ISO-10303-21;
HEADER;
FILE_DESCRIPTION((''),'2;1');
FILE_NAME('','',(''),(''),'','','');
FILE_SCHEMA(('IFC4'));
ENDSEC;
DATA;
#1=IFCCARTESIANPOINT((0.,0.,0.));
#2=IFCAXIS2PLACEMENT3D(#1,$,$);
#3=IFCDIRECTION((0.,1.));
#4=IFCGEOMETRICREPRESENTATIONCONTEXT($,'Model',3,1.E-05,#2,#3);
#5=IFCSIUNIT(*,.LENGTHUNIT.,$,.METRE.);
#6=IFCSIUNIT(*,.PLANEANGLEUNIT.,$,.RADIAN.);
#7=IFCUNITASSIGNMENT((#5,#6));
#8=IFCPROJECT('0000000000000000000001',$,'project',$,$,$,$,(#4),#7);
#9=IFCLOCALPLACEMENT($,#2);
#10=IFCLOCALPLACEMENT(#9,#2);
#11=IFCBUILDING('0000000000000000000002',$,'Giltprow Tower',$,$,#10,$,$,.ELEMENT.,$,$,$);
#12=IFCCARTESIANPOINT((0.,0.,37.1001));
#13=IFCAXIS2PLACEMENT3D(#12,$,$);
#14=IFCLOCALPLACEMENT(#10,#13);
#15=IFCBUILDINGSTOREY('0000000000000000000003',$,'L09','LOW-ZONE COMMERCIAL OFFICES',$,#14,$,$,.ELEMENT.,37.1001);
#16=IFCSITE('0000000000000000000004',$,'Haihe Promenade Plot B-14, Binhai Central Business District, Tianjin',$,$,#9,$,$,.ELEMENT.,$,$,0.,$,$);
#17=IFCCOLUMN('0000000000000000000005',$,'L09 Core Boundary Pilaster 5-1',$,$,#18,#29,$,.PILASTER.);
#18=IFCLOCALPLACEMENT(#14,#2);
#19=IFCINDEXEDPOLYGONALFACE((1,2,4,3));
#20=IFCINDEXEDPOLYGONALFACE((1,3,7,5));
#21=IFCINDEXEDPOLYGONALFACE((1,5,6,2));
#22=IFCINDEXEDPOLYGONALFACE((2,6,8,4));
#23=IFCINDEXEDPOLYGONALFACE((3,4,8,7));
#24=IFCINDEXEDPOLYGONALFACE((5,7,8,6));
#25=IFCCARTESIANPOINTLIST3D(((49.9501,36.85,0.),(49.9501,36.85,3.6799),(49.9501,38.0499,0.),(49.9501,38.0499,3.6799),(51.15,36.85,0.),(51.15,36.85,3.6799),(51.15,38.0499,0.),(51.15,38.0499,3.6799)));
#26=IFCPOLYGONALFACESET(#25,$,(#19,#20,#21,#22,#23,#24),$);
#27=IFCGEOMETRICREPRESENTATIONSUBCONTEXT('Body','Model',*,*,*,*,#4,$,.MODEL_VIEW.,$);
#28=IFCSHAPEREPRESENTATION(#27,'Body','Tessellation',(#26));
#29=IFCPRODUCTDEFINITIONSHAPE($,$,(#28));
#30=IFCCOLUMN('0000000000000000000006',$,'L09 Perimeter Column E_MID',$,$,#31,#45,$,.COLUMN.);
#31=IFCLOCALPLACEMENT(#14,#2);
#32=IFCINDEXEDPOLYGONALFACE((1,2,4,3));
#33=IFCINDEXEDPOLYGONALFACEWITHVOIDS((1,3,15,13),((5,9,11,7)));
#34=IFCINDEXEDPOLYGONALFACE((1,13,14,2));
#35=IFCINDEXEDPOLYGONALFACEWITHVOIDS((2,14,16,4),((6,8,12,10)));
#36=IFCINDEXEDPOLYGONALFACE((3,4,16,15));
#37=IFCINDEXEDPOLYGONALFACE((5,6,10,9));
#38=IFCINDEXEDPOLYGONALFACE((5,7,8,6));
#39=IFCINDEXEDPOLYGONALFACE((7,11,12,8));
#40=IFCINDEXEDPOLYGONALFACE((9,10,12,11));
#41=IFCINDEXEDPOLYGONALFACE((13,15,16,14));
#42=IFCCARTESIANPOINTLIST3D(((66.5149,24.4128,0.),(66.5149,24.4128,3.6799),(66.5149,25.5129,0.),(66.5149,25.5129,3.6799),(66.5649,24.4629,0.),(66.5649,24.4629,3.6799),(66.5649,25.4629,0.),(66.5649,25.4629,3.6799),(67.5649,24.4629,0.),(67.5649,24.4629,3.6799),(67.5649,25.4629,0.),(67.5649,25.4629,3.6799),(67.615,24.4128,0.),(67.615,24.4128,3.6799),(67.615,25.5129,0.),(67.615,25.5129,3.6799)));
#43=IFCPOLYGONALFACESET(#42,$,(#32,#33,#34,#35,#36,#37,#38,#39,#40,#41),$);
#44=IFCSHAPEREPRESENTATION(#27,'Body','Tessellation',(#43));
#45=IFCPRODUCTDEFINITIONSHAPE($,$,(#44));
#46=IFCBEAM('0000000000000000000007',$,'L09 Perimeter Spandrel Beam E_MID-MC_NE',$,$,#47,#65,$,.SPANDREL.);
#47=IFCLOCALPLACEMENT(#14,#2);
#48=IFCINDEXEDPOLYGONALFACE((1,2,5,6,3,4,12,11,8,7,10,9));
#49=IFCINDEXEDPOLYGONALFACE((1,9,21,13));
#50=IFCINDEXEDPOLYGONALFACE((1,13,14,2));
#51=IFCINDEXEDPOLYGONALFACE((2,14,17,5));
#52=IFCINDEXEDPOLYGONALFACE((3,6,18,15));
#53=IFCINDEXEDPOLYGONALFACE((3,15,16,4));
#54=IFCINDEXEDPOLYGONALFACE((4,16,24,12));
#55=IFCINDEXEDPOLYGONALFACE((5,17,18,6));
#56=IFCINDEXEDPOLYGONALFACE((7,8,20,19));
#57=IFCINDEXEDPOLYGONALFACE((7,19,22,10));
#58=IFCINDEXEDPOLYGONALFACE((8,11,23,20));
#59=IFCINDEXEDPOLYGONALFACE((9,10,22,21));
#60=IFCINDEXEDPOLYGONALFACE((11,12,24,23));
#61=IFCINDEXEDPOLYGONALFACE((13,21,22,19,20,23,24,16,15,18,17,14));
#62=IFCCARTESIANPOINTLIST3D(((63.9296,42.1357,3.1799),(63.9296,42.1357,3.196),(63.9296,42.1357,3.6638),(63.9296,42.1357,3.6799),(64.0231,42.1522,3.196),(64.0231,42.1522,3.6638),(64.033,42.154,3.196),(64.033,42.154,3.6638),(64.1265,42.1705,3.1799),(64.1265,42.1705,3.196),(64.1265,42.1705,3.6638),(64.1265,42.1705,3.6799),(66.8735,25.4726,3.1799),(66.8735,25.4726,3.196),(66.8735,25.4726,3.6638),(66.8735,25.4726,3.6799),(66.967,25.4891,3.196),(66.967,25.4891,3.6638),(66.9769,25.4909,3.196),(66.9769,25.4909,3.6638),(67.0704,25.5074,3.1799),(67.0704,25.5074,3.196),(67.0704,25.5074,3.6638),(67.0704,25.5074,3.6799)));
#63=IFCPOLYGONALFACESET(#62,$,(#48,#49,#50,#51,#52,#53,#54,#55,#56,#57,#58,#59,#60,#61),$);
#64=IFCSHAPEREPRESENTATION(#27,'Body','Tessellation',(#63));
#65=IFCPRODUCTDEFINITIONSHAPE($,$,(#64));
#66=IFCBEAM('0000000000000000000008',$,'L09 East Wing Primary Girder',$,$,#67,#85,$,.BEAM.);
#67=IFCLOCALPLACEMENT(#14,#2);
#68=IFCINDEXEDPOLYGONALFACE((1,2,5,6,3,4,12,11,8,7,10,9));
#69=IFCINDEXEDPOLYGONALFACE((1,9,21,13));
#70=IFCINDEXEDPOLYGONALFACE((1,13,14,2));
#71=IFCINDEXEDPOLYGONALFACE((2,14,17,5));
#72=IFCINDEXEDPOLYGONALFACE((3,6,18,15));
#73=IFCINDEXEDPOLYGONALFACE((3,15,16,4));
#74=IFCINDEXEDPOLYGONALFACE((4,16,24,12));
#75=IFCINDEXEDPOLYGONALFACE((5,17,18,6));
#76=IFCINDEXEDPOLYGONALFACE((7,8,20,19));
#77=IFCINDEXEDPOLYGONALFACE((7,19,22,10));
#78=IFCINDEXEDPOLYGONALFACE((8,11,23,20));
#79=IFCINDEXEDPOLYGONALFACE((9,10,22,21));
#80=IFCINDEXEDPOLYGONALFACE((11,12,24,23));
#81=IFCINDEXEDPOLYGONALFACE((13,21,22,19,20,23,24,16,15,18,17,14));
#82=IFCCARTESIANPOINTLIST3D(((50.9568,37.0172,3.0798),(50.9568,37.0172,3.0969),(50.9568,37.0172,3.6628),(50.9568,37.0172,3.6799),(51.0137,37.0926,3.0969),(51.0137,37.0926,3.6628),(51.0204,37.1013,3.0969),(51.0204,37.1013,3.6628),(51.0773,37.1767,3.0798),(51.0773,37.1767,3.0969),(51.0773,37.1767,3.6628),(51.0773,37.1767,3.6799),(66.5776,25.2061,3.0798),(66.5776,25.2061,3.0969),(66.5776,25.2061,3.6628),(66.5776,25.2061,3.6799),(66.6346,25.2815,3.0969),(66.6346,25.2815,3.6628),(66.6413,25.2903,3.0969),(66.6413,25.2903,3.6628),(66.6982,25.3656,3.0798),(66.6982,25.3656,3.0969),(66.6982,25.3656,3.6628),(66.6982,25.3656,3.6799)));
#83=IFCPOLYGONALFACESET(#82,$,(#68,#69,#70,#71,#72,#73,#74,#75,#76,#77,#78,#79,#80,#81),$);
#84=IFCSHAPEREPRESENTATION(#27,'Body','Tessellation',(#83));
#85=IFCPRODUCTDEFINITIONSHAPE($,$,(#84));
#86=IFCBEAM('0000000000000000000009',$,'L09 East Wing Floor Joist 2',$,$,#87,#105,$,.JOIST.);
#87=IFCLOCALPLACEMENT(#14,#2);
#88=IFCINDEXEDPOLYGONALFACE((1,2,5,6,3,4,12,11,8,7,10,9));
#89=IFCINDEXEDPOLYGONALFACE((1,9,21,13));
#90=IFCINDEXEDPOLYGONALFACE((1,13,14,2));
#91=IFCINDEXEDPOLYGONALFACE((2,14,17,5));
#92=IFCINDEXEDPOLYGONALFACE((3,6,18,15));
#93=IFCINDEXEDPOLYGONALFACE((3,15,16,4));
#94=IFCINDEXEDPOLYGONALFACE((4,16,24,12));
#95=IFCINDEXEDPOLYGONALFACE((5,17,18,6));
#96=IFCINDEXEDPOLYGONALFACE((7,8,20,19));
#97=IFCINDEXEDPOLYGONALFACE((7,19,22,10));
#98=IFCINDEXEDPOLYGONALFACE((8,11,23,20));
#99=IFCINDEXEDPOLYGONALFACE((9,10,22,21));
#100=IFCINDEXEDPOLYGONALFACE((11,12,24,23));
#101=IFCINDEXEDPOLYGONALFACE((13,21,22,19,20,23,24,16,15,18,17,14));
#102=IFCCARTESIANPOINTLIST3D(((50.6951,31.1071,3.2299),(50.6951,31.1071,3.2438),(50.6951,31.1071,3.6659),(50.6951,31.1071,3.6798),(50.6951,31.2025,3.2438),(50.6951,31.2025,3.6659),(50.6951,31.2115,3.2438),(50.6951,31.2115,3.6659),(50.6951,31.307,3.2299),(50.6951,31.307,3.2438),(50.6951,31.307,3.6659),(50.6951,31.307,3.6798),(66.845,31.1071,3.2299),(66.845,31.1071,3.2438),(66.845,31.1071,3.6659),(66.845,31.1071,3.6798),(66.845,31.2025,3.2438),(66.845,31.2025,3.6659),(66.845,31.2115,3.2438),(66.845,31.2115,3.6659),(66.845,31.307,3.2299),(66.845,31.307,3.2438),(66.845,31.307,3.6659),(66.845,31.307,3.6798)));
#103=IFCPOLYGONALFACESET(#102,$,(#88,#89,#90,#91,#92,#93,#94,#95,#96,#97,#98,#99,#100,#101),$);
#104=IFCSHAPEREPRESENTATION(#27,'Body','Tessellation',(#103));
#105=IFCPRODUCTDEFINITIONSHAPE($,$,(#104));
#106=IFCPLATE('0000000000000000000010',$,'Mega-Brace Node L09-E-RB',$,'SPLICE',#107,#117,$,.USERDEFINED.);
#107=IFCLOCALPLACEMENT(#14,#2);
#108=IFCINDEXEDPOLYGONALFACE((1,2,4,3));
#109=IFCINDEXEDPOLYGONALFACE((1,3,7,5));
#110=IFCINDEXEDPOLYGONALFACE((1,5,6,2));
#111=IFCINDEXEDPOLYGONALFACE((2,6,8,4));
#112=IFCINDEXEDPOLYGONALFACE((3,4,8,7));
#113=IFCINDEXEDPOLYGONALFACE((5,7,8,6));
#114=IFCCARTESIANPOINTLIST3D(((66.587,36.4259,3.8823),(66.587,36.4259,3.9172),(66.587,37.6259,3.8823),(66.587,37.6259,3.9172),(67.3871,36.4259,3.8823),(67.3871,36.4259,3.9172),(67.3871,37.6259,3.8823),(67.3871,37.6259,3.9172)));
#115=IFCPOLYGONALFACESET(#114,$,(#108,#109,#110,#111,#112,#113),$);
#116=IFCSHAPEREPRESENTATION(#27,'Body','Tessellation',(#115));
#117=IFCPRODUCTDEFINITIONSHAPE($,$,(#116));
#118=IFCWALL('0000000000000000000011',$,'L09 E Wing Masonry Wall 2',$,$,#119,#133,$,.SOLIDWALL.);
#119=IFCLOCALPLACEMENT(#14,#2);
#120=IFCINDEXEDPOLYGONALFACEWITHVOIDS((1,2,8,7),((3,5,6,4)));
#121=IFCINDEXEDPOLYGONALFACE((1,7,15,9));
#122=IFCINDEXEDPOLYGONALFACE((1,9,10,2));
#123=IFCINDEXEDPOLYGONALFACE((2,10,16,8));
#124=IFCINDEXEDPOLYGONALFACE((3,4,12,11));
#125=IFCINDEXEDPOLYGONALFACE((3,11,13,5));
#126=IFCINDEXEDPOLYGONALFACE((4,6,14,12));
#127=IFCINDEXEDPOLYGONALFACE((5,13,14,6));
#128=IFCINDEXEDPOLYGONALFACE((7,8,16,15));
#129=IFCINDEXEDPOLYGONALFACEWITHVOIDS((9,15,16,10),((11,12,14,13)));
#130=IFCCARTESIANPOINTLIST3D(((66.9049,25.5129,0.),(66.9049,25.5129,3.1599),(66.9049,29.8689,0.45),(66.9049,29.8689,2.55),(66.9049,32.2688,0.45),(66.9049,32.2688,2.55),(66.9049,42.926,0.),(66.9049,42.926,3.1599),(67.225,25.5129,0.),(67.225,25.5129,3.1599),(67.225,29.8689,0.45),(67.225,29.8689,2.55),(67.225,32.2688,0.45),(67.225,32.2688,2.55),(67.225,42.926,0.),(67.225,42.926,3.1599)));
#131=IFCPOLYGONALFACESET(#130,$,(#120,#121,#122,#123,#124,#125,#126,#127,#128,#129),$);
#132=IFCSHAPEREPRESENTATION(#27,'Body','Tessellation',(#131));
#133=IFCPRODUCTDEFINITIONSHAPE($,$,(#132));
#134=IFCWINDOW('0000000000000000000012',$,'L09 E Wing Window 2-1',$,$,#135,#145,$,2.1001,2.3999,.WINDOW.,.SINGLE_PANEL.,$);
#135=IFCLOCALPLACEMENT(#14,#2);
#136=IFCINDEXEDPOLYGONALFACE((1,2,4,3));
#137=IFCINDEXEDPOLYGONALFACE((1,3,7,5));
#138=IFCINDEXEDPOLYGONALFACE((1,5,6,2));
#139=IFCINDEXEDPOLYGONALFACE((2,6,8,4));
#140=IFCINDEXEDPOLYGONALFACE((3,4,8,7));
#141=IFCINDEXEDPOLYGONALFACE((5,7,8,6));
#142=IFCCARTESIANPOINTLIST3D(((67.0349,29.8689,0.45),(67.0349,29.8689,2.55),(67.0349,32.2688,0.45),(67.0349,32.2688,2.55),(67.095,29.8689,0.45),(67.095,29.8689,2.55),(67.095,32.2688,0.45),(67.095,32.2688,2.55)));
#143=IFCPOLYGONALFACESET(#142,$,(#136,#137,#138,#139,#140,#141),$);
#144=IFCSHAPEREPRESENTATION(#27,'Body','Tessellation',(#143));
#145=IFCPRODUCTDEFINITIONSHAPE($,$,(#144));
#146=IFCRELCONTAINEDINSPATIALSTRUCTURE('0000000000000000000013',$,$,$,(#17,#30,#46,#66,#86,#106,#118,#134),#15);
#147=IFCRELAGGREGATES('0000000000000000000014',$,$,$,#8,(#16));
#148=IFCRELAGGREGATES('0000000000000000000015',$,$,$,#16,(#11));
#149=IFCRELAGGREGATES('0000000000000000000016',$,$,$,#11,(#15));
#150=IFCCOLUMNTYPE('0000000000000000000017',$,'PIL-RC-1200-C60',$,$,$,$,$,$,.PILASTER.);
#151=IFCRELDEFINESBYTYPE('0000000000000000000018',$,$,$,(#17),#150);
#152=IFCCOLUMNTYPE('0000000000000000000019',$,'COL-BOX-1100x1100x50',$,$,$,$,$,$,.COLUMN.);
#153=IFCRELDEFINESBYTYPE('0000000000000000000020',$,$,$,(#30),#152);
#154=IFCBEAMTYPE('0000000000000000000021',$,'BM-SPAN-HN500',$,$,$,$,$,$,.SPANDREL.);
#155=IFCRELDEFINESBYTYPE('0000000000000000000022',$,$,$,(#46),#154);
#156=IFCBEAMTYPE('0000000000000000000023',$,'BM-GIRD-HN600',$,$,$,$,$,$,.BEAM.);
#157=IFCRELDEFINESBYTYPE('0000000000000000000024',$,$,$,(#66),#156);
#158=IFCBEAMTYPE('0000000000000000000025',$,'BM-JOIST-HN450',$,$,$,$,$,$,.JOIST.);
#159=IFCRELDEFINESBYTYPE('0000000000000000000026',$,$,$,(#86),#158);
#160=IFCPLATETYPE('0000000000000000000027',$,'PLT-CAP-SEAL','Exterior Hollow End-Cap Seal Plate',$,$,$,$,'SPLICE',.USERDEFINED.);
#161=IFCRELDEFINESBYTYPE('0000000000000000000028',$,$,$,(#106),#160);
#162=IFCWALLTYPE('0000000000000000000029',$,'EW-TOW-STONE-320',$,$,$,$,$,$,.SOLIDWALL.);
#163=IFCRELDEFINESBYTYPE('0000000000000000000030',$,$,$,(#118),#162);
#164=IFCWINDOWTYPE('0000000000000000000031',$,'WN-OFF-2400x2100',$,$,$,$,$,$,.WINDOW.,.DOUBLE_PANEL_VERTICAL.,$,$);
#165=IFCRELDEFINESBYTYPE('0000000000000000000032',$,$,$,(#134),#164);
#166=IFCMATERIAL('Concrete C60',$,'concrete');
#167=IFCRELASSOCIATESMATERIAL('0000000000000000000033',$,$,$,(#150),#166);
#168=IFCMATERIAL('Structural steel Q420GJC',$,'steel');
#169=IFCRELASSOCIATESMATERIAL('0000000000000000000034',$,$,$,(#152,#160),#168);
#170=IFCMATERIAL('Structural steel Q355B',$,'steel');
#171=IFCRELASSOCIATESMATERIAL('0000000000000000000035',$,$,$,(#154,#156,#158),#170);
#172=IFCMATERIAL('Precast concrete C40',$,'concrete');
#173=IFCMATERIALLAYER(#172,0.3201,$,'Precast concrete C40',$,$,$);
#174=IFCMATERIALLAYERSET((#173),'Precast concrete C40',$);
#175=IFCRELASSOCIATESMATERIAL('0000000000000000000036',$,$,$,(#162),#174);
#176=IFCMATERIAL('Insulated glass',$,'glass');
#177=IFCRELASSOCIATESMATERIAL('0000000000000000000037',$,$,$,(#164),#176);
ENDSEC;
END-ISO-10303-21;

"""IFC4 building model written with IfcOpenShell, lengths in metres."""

from ifc_helpers import new_model, si_unit, direction, frame, frame_2d, origin, origin_2d, place, context, subcontext, project, spatial, rectangle, hollow_rectangle, i_section, extrude, source, transform, mapped, material, layer, layer_set, material_profile, profile_set, type_object, element, fill, save


model = new_model("IFC4")

# Units and contexts
model_context = context("Model", 3, precision=1e-05, world=origin(), true_north=direction((0.0, 1.0)))
body_context = subcontext(model_context, "Body", "Model", "MODEL_VIEW")
ifc_project = project(units=[si_unit("LENGTHUNIT", "METRE"), si_unit("PLANEANGLEUNIT", "RADIAN")], contexts=[model_context])

# Site, building, storey
site_placement = place(None, origin())
site = spatial("IfcSite", under=ifc_project, at=site_placement, Name="Haihe Promenade Plot B-14, Binhai Central Business District, Tianjin", CompositionType="ELEMENT", RefElevation=0.0)
building_placement = place(site_placement, origin())
building = spatial("IfcBuilding", under=site, at=building_placement, Name="Giltprow Tower", CompositionType="ELEMENT")
storey_placement = place(building_placement, frame((0.0, 0.0, 37.1001)))
storey = spatial("IfcBuildingStorey", under=building, at=storey_placement, Name="L09", Description="LOW-ZONE COMMERCIAL OFFICES", CompositionType="ELEMENT", Elevation=37.1001)

# Columns
ifc_material_1 = material(Name="Concrete C60", Category="concrete")
ifc_material_profile_1 = material_profile(ifc_material_1, rectangle(XDim=1.2, YDim=1.2, at=origin_2d()), Name="RC 1200x1200")
ifc_profile_set_1 = profile_set([ifc_material_profile_1], Name="Concrete C60")
column_type_1 = type_object("IfcColumnType", Name="PIL-RC-1200-C60", PredefinedType="PILASTER", material=ifc_profile_set_1)
shared_shape_1 = source(origin(), body_context, "Body", "SweptSolid", [
    extrude(rectangle(XDim=1.2, YDim=1.2, at=origin_2d()), origin(), (0.0, 0.0, 1.0), 3.6799),
])
column_1_placement = place(storey_placement, frame((50.55, 37.45, 0.0), z_axis=(0.0, 0.0, 1.0), x_axis=(1.0, 0.0, 0.0)))
element("IfcColumn", 1, at=column_1_placement, inside=storey, type_object=column_type_1, Name="L09 Core Boundary Pilaster 5-1", PredefinedType="PILASTER", context=body_context, shape_type="MappedRepresentation", body=[
    mapped(shared_shape_1, transform((0.0, 0.0, 0.0), x_axis=(1.0, 0.0, 0.0), y_axis=(0.0, 1.0, 0.0), z_axis=(0.0, 0.0, 1.0), scale=1.0)),
])
ifc_material_2 = material(Name="Structural steel Q420GJC", Category="steel")
ifc_material_profile_2 = material_profile(ifc_material_2, hollow_rectangle(XDim=1.1001, YDim=1.1001, WallThickness=0.05, at=origin_2d()), Name="BOX 1100x1100x50")
ifc_profile_set_2 = profile_set([ifc_material_profile_2], Name="Structural steel Q420GJC")
column_type_2 = type_object("IfcColumnType", Name="COL-BOX-1100x1100x50", PredefinedType="COLUMN", material=ifc_profile_set_2)
shared_shape_2 = source(origin(), body_context, "Body", "SweptSolid", [
    extrude(hollow_rectangle(XDim=1.1001, YDim=1.1001, WallThickness=0.05, at=origin_2d()), origin(), (0.0, 0.0, 1.0), 3.6799),
])
column_2_placement = place(storey_placement, frame((67.0649, 24.9629, 0.0), z_axis=(0.0, 0.0, 1.0), x_axis=(1.0, 0.0, 0.0)))
element("IfcColumn", 2, at=column_2_placement, inside=storey, type_object=column_type_2, Name="L09 Perimeter Column E_MID", PredefinedType="COLUMN", context=body_context, shape_type="MappedRepresentation", body=[
    mapped(shared_shape_2, transform((0.0, 0.0, 0.0), x_axis=(1.0, 0.0, 0.0), y_axis=(0.0, 1.0, 0.0), z_axis=(0.0, 0.0, 1.0), scale=1.0)),
])

# Beams
ifc_material_3 = material(Name="Structural steel Q355B", Category="steel")
ifc_material_profile_3 = material_profile(ifc_material_3, i_section(OverallWidth=0.2, OverallDepth=0.5, WebThickness=0.01, FlangeThickness=0.0161, at=origin_2d()), Name="HN 500x200x10x16")
ifc_profile_set_3 = profile_set([ifc_material_profile_3], Name="Structural steel Q355B")
beam_type_1 = type_object("IfcBeamType", Name="BM-SPAN-HN500", PredefinedType="SPANDREL", material=ifc_profile_set_3)
shared_shape_3 = source(origin(), body_context, "Body", "SweptSolid", [
    extrude(i_section(OverallWidth=0.2, OverallDepth=0.5, WebThickness=0.01, FlangeThickness=0.0161, at=origin_2d()), origin(), (0.0, 0.0, 1.0), 16.9211),
])
beam_1_placement = place(storey_placement, frame((66.9719, 25.49, 3.4299), z_axis=(-0.173975, 0.98475, 0.0), x_axis=(-0.98475, -0.173975, 0.0)))
element("IfcBeam", 3, at=beam_1_placement, inside=storey, type_object=beam_type_1, Name="L09 Perimeter Spandrel Beam E_MID-MC_NE", PredefinedType="SPANDREL", context=body_context, shape_type="MappedRepresentation", body=[
    mapped(shared_shape_3, transform((0.0, 0.0, 0.0), x_axis=(1.0, 0.0, 0.0), y_axis=(0.0, 1.0, 0.0), z_axis=(0.0, 0.0, 1.0), scale=1.0)),
])
ifc_material_profile_4 = material_profile(ifc_material_3, i_section(OverallWidth=0.2, OverallDepth=0.6001, WebThickness=0.011, FlangeThickness=0.0171, at=origin_2d()), Name="HN 600x200x11x17")
ifc_profile_set_4 = profile_set([ifc_material_profile_4], Name="Structural steel Q355B")
beam_type_2 = type_object("IfcBeamType", Name="BM-GIRD-HN600", PredefinedType="BEAM", material=ifc_profile_set_4)
shared_shape_4 = source(origin(), body_context, "Body", "SweptSolid", [
    extrude(i_section(OverallWidth=0.2, OverallDepth=0.6001, WebThickness=0.011, FlangeThickness=0.0171, at=origin_2d()), origin(), (0.0, 0.0, 1.0), 19.5835),
])
beam_2_placement = place(storey_placement, frame((66.6379, 25.2859, 3.3799), z_axis=(-0.797656, 0.603113, 0.0), x_axis=(-0.603113, -0.797656, 0.0)))
element("IfcBeam", 4, at=beam_2_placement, inside=storey, type_object=beam_type_2, Name="L09 East Wing Primary Girder", PredefinedType="BEAM", context=body_context, shape_type="MappedRepresentation", body=[
    mapped(shared_shape_4, transform((0.0, 0.0, 0.0), x_axis=(1.0, 0.0, 0.0), y_axis=(0.0, 1.0, 0.0), z_axis=(0.0, 0.0, 1.0), scale=1.0)),
])
ifc_material_profile_5 = material_profile(ifc_material_3, i_section(OverallWidth=0.2, OverallDepth=0.45, WebThickness=0.009, FlangeThickness=0.0139, at=origin_2d()), Name="HN 450x200x9x14")
ifc_profile_set_5 = profile_set([ifc_material_profile_5], Name="Structural steel Q355B")
beam_type_3 = type_object("IfcBeamType", Name="BM-JOIST-HN450", PredefinedType="JOIST", material=ifc_profile_set_5)
shared_shape_5 = source(origin(), body_context, "Body", "SweptSolid", [
    extrude(i_section(OverallWidth=0.2, OverallDepth=0.45, WebThickness=0.009, FlangeThickness=0.0139, at=origin_2d()), origin(), (0.0, 0.0, 1.0), 16.1499),
])
beam_3_placement = place(storey_placement, frame((50.6951, 31.207, 3.4548), z_axis=(1.0, 0.0, 0.0), x_axis=(0.0, 1.0, 0.0)))
element("IfcBeam", 5, at=beam_3_placement, inside=storey, type_object=beam_type_3, Name="L09 East Wing Floor Joist 2", PredefinedType="JOIST", context=body_context, shape_type="MappedRepresentation", body=[
    mapped(shared_shape_5, transform((0.0, 0.0, 0.0), x_axis=(1.0, 0.0, 0.0), y_axis=(0.0, 1.0, 0.0), z_axis=(0.0, 0.0, 1.0), scale=1.0)),
])

# Plate
plate_type = type_object("IfcPlateType", Name="PLT-CAP-SEAL", Description="Exterior Hollow End-Cap Seal Plate", ElementType="SPLICE", PredefinedType="USERDEFINED", material=ifc_material_2)
shared_shape_6 = source(origin(), body_context, "Body", "SweptSolid", [
    extrude(rectangle(XDim=1.2, YDim=0.8, at=origin_2d()), origin(), (0.0, 0.0, 1.0), 0.0349),
])
plate_placement = place(storey_placement, frame((66.9871, 37.0259, 3.8823), z_axis=(0.0, 0.0, 1.0), x_axis=(0.0, 1.0, 0.0)))
element("IfcPlate", 6, at=plate_placement, inside=storey, type_object=plate_type, Name="Mega-Brace Node L09-E-RB", ObjectType="SPLICE", PredefinedType="USERDEFINED", context=body_context, shape_type="MappedRepresentation", body=[
    mapped(shared_shape_6, transform((0.0, 0.0, 0.0), x_axis=(1.0, 0.0, 0.0), y_axis=(0.0, 1.0, 0.0), z_axis=(0.0, 0.0, 1.0), scale=1.0)),
])

# Wall, opening, window
ifc_material_4 = material(Name="Precast concrete C40", Category="concrete")
ifc_layer_1 = layer(ifc_material_4, 0.3201, Name="Precast concrete C40")
ifc_layer_set_1 = layer_set([ifc_layer_1], Name="Precast concrete C40")
wall_type_1 = type_object("IfcWallType", Name="EW-TOW-STONE-320", PredefinedType="SOLIDWALL", material=ifc_layer_set_1)
wall_1_placement = place(storey_placement, frame((67.0649, 25.5129, 0.0), z_axis=(0.0, 0.0, 1.0), x_axis=(0.0, 1.0, 0.0)))
wall_1 = element("IfcWall", 7, at=wall_1_placement, inside=storey, type_object=wall_type_1, Name="L09 E Wing Masonry Wall 2", PredefinedType="SOLIDWALL", context=body_context, shape_type="SweptSolid", body=[
    extrude(rectangle(XDim=17.4131, YDim=0.3201, at=frame_2d((8.7065, 0.0))), origin(), (0.0, 0.0, 1.0), 3.1599),
])
opening_1_placement = place(wall_1_placement, frame((4.356, 0.0, 0.45)))
opening_1 = element("IfcOpeningElement", 8, at=opening_1_placement, cuts=wall_1, PredefinedType="OPENING", context=body_context, shape_type="SweptSolid", body=[
    extrude(rectangle(XDim=2.3999, YDim=2.1001, at=frame_2d((1.2, 1.05))), frame((0.0, 0.1699, 0.0), z_axis=(0.0, -1.0, 0.0), x_axis=(1.0, 0.0, 0.0)), (0.0, 0.0, 1.0), 0.3401),
])
ifc_material_5 = material(Name="Insulated glass", Category="glass")
window_type = type_object("IfcWindowType", Name="WN-OFF-2400x2100", PartitioningType="DOUBLE_PANEL_VERTICAL", PredefinedType="WINDOW", material=ifc_material_5)
shared_shape_7 = source(origin(), body_context, "Body", "SweptSolid", [
    extrude(rectangle(XDim=2.3999, YDim=2.1001, at=frame_2d((1.2, 1.05))), frame((0.0, 0.03, 0.0), z_axis=(0.0, -1.0, 0.0), x_axis=(1.0, 0.0, 0.0)), (0.0, 0.0, 1.0), 0.0601),
])
window_placement = place(opening_1_placement, origin())
window = element("IfcWindow", 9, at=window_placement, inside=storey, type_object=window_type, Name="L09 E Wing Window 2-1", OverallHeight=2.1001, OverallWidth=2.3999, PartitioningType="SINGLE_PANEL", PredefinedType="WINDOW", context=body_context, shape_type="MappedRepresentation", body=[
    mapped(shared_shape_7, transform((0.0, 0.0, 0.0), x_axis=(1.0, 0.0, 0.0), y_axis=(0.0, 1.0, 0.0), z_axis=(0.0, 0.0, 1.0), scale=1.0)),
])
fill(opening_1, window)

save(model, "model.ifc")
